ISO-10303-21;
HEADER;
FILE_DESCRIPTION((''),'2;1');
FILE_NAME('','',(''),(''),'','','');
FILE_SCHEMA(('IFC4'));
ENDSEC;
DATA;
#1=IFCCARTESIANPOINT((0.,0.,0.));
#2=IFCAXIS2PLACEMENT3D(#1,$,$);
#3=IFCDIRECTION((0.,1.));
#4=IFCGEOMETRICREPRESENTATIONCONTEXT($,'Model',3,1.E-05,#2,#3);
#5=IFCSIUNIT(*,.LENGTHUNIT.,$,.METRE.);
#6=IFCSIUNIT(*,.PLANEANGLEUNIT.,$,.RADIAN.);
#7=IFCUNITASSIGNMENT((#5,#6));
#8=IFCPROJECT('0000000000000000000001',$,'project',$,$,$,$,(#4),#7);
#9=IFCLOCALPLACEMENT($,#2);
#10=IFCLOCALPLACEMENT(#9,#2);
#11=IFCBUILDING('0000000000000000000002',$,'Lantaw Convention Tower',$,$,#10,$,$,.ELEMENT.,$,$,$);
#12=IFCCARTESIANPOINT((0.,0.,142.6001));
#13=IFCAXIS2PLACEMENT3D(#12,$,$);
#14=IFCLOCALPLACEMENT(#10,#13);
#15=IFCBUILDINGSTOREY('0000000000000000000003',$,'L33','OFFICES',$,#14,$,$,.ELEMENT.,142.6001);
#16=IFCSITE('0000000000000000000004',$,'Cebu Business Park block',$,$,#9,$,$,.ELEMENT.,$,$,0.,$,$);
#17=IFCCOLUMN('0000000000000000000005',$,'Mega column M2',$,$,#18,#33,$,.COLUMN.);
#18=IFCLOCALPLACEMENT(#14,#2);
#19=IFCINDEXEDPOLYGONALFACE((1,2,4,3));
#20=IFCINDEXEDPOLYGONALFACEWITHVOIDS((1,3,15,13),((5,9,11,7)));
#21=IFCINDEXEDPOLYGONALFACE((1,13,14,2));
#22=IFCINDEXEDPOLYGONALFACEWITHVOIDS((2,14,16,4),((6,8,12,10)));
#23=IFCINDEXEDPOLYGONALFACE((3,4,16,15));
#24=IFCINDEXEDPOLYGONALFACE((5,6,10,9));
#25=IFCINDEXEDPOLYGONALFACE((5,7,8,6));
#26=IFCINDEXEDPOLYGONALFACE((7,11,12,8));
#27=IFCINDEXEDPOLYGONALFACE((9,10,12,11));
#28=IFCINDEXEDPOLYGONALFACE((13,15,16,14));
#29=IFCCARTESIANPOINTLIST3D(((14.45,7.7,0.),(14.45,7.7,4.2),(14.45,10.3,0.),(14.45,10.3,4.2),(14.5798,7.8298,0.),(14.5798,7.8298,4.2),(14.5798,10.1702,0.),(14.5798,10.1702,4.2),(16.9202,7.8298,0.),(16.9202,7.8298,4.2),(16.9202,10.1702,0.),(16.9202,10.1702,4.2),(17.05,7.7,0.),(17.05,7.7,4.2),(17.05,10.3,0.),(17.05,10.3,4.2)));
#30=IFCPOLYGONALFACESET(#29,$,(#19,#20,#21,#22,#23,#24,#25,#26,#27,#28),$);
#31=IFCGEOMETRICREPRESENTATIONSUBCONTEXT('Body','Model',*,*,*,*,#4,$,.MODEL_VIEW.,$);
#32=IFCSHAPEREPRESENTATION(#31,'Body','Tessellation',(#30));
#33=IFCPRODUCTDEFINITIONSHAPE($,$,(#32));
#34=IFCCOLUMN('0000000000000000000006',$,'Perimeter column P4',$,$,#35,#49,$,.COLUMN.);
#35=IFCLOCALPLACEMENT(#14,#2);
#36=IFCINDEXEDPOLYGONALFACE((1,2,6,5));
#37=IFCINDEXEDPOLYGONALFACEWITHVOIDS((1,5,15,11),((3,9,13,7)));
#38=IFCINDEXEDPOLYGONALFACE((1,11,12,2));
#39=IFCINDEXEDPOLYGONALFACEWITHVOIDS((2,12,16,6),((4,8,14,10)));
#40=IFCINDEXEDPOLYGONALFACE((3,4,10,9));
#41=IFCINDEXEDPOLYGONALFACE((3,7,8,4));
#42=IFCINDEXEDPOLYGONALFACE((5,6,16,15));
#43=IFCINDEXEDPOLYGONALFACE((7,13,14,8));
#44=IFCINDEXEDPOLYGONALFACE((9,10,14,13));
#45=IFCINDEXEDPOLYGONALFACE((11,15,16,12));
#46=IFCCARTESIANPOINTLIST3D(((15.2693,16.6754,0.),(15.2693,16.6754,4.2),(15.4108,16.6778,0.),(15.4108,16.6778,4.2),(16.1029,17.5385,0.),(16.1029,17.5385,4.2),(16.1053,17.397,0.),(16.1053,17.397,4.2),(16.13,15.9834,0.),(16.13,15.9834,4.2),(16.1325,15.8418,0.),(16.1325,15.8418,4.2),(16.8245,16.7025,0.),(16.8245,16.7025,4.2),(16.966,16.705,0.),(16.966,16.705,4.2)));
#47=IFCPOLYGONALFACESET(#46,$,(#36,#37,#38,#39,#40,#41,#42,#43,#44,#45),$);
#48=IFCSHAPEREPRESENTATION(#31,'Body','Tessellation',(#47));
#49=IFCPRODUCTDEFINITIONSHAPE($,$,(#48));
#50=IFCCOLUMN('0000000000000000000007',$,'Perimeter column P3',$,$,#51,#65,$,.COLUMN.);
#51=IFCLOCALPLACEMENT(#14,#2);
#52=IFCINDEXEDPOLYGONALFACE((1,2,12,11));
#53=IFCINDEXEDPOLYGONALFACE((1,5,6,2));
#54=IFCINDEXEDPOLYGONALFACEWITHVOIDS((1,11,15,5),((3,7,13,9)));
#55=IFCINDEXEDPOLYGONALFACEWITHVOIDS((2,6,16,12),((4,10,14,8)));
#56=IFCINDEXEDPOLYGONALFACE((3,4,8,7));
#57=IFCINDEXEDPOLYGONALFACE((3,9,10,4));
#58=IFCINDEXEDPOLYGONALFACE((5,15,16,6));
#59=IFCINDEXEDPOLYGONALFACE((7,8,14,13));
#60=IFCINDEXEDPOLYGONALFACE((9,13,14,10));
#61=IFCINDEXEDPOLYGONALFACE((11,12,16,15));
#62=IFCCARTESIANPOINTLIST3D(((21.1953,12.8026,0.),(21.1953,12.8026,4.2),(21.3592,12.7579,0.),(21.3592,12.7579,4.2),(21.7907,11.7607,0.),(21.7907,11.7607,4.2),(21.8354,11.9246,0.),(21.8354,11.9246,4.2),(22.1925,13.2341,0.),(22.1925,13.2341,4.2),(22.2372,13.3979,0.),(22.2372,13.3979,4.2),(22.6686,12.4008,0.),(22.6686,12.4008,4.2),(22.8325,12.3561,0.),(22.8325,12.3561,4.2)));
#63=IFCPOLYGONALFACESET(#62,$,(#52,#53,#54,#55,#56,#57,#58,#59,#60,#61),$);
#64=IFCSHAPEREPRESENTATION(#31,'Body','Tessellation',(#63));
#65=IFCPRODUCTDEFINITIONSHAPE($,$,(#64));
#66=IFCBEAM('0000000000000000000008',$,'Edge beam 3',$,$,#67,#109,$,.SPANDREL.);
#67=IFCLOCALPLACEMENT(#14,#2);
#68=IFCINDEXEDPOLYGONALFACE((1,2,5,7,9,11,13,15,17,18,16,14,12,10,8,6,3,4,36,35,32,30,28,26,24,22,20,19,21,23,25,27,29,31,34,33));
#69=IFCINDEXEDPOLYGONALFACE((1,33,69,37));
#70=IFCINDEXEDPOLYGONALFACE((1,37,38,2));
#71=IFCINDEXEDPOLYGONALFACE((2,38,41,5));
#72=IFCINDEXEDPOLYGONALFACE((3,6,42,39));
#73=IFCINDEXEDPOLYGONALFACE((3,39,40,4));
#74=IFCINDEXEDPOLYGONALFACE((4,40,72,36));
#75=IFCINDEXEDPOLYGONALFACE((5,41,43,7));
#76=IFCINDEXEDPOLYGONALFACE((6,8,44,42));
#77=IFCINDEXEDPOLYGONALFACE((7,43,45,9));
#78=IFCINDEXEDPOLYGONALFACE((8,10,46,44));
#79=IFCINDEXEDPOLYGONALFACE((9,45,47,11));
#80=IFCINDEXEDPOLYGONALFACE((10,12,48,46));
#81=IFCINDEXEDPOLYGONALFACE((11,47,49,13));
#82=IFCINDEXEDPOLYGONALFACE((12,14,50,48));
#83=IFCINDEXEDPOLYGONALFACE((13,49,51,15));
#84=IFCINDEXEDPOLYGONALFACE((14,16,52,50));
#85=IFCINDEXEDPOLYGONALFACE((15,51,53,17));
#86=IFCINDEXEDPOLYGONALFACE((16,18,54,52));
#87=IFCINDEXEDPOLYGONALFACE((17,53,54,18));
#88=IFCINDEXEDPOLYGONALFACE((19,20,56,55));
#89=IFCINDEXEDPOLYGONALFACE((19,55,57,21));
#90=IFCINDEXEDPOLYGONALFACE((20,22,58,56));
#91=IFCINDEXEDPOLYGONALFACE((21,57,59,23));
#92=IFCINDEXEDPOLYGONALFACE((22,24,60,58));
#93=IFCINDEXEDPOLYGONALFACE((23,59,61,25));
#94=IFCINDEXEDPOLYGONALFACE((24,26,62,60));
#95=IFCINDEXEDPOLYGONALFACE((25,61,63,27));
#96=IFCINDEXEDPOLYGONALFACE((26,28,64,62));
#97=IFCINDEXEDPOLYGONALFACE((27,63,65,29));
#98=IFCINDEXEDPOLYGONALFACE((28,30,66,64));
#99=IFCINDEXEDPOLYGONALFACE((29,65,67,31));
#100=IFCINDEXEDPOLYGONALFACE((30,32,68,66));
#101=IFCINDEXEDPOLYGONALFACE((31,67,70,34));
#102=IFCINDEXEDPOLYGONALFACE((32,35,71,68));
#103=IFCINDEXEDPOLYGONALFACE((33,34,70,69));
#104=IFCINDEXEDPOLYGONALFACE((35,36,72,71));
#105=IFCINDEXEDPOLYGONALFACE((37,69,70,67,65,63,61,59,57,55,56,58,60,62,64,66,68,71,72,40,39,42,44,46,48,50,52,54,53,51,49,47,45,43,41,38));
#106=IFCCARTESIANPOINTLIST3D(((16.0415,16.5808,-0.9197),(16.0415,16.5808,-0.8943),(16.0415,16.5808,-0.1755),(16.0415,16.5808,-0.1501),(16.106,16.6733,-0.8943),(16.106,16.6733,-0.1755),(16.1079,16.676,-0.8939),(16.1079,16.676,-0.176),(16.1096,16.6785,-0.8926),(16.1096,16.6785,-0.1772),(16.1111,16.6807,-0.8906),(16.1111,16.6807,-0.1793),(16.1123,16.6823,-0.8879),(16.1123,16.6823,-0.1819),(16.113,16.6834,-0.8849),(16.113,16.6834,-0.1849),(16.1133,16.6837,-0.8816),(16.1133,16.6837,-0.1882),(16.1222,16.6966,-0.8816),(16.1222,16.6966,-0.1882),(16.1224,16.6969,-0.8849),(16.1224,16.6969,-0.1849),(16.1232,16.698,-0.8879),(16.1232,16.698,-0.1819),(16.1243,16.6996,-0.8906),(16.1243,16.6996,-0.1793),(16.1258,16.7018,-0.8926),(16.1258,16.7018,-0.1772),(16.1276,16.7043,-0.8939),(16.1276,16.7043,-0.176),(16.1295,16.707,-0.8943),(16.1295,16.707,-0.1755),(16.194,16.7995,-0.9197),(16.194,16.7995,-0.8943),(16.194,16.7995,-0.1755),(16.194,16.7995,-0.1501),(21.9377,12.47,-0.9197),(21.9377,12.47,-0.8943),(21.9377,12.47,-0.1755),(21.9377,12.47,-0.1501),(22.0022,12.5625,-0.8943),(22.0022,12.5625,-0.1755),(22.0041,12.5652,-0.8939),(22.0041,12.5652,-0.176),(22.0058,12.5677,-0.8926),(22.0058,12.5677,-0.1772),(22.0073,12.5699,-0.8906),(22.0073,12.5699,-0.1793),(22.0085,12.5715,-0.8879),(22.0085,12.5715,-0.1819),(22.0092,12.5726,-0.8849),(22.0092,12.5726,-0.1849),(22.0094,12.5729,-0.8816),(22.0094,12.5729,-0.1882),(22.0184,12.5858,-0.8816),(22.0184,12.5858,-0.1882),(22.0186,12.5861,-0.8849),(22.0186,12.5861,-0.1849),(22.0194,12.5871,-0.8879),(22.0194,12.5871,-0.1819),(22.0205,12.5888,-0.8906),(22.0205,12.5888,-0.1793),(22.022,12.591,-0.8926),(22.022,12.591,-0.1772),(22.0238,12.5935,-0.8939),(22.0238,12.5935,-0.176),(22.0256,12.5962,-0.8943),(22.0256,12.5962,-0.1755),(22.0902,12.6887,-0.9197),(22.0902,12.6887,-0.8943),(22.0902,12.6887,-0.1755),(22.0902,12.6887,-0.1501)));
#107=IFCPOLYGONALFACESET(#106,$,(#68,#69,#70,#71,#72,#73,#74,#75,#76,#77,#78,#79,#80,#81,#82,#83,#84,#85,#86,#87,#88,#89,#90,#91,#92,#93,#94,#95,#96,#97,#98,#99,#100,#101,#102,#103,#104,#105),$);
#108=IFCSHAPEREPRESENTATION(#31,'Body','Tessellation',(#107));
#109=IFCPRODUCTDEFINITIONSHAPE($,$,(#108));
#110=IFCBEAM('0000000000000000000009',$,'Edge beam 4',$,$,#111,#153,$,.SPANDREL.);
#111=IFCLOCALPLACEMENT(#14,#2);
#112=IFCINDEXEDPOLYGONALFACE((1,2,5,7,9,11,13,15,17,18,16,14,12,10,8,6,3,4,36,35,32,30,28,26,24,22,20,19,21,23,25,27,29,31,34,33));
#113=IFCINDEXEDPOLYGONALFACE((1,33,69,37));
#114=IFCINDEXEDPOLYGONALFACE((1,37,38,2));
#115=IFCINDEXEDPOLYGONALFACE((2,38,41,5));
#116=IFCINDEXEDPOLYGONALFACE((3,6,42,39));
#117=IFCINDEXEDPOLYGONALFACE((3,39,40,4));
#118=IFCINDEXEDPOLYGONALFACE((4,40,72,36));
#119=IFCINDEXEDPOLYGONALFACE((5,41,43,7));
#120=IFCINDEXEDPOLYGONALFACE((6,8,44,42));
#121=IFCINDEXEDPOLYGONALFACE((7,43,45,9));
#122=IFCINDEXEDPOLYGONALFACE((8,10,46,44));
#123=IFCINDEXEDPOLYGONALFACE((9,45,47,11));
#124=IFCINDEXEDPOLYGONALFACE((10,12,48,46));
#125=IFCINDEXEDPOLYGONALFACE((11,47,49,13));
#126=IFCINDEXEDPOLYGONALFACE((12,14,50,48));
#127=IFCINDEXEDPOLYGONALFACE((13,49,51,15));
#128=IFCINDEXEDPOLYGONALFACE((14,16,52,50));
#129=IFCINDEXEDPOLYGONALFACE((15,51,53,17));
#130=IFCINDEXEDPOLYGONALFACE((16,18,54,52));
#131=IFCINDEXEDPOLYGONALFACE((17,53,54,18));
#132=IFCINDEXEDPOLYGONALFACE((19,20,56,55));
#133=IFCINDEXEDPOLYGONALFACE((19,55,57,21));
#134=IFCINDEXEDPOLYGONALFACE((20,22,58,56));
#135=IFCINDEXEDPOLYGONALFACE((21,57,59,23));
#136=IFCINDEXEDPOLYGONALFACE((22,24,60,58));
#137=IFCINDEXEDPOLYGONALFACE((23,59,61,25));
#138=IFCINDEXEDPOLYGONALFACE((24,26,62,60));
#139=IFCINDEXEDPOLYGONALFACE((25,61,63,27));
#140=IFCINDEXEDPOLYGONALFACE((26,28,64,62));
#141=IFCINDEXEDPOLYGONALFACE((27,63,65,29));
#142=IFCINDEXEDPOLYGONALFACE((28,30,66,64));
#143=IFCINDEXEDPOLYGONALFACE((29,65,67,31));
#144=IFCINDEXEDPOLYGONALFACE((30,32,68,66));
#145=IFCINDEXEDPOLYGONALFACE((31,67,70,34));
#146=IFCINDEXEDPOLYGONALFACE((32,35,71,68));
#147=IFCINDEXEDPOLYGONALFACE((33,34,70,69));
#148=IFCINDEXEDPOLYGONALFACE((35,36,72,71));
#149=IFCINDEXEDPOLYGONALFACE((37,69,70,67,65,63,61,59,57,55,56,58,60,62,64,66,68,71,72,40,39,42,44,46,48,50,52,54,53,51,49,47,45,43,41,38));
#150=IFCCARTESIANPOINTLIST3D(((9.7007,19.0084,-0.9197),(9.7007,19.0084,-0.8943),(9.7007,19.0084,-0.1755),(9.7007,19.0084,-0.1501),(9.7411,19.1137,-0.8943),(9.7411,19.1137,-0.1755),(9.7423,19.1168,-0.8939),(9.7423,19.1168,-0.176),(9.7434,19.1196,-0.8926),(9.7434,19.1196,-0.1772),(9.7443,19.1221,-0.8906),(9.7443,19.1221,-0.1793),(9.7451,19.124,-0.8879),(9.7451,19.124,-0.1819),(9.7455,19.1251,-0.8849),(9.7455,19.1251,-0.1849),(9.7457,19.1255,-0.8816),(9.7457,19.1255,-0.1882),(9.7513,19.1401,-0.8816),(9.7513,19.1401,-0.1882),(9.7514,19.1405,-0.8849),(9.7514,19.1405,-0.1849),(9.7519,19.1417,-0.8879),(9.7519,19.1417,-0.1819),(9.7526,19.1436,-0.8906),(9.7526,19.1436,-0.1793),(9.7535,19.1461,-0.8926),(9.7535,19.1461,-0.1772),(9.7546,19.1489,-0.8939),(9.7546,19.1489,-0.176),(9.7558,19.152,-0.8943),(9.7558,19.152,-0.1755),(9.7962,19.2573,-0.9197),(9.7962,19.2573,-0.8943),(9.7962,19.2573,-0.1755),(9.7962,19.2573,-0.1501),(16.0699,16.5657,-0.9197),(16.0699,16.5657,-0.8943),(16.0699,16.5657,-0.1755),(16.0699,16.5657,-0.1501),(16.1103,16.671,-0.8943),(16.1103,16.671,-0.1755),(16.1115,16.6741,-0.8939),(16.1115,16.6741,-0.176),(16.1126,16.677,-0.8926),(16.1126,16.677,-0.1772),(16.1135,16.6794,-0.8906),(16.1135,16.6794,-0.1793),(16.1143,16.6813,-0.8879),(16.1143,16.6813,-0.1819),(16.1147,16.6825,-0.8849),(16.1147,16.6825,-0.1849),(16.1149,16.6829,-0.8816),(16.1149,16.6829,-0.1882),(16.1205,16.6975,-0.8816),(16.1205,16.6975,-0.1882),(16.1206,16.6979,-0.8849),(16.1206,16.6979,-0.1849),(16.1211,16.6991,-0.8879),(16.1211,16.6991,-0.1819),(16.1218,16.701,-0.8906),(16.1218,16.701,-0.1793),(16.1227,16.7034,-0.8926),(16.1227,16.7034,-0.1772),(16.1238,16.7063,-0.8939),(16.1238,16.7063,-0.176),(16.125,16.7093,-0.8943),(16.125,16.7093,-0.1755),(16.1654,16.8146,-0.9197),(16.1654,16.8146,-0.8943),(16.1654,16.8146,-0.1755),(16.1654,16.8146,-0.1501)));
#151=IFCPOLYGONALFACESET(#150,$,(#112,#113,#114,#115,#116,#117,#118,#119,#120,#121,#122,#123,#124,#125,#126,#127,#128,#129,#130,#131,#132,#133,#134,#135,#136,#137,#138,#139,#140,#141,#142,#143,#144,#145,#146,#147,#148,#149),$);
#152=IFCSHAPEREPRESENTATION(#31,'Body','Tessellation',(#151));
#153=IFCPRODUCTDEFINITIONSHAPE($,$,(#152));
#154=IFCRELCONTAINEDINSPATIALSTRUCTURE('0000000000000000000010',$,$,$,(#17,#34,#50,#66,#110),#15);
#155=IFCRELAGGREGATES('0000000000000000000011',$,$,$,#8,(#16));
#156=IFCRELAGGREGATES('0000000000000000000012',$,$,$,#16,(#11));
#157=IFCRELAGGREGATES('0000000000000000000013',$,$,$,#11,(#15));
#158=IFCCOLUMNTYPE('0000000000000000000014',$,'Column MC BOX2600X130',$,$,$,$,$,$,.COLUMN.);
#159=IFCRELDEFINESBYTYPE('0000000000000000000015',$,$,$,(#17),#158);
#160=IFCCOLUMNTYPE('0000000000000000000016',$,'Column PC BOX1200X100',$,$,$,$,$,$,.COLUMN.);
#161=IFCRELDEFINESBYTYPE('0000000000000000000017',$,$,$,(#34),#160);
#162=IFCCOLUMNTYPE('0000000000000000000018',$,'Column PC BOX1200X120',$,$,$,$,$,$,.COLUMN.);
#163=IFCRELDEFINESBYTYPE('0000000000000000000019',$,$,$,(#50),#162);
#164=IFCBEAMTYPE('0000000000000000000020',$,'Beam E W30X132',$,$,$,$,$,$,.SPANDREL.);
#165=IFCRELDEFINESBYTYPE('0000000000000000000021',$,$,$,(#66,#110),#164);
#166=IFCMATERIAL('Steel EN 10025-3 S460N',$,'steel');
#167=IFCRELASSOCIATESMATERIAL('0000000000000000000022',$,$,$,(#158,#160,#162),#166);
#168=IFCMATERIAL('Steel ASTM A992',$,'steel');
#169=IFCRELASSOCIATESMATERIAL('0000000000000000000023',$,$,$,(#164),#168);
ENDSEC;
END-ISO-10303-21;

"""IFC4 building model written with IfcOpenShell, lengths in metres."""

from ifc_helpers import new_model, si_unit, direction, frame, origin, origin_2d, place, context, subcontext, project, spatial, rectangle, hollow_rectangle, i_section, extrude, material, material_profile, profile_set, type_object, element, save


model = new_model("IFC4")

# Units and contexts
model_context = context("Model", 3, precision=1e-05, world=origin(), true_north=direction((0.0, 1.0)))
body_context = subcontext(model_context, "Body", "Model", "MODEL_VIEW")
ifc_project = project(units=[si_unit("LENGTHUNIT", "METRE"), si_unit("PLANEANGLEUNIT", "RADIAN")], contexts=[model_context])

# Site, building, storey
site_placement = place(None, origin())
site = spatial("IfcSite", under=ifc_project, at=site_placement, Name="Cebu Business Park block", CompositionType="ELEMENT", RefElevation=0.0)
building_placement = place(site_placement, origin())
building = spatial("IfcBuilding", under=site, at=building_placement, Name="Lantaw Convention Tower", CompositionType="ELEMENT")
storey_placement = place(building_placement, frame((0.0, 0.0, 142.6001)))
storey = spatial("IfcBuildingStorey", under=building, at=storey_placement, Name="L33", Description="OFFICES", CompositionType="ELEMENT", Elevation=142.6001)

# Columns
ifc_material_1 = material(Name="Steel EN 10025-3 S460N", Category="steel")
ifc_material_profile_1 = material_profile(ifc_material_1, hollow_rectangle(XDim=2.6001, YDim=2.6001, WallThickness=0.1299, at=origin_2d()), Name="BOX2600X130")
ifc_material_2 = material(Name="Concrete C60/75", Category="concrete")
ifc_material_profile_2 = material_profile(ifc_material_2, rectangle(XDim=2.3401, YDim=2.3401, at=origin_2d()), Name="Concrete fill of BOX2600X130")
ifc_profile_set_1 = profile_set([ifc_material_profile_1, ifc_material_profile_2], Name="Steel EN 10025-3 S460N")
column_type_1 = type_object("IfcColumnType", Name="Column MC BOX2600X130", PredefinedType="COLUMN", material=ifc_profile_set_1)
column_1_placement = place(storey_placement, frame((15.75, 9.0, 0.0), z_axis=(0.0, 0.0, 1.0), x_axis=(1.0, 0.0, 0.0)))
element("IfcColumn", 1, at=column_1_placement, inside=storey, type_object=column_type_1, Name="Mega column M2", PredefinedType="COLUMN", context=body_context, shape_type="SweptSolid", body=[
    extrude(hollow_rectangle(XDim=2.6001, YDim=2.6001, WallThickness=0.1299, at=origin_2d()), origin(), (0.0, 0.0, 1.0), 4.2),
])
ifc_material_profile_3 = material_profile(ifc_material_1, hollow_rectangle(XDim=1.2, YDim=1.2, WallThickness=0.1001, at=origin_2d()), Name="BOX1200X100")
ifc_material_profile_4 = material_profile(ifc_material_2, rectangle(XDim=1.0, YDim=1.0, at=origin_2d()), Name="Concrete fill of BOX1200X100")
ifc_profile_set_2 = profile_set([ifc_material_profile_3, ifc_material_profile_4], Name="Steel EN 10025-3 S460N")
column_type_2 = type_object("IfcColumnType", Name="Column PC BOX1200X100", PredefinedType="COLUMN", material=ifc_profile_set_2)
column_2_placement = place(storey_placement, frame((16.1177, 16.6902, 0.0), z_axis=(0.0, 0.0, 1.0), x_axis=(0.694658, 0.71934, 0.0)))
element("IfcColumn", 2, at=column_2_placement, inside=storey, type_object=column_type_2, Name="Perimeter column P4", PredefinedType="COLUMN", context=body_context, shape_type="SweptSolid", body=[
    extrude(hollow_rectangle(XDim=1.2, YDim=1.2, WallThickness=0.1001, at=origin_2d()), origin(), (0.0, 0.0, 1.0), 4.2),
])
ifc_material_profile_5 = material_profile(ifc_material_1, hollow_rectangle(XDim=1.2, YDim=1.2, WallThickness=0.1201, at=origin_2d()), Name="BOX1200X120")
ifc_material_profile_6 = material_profile(ifc_material_2, rectangle(XDim=0.96, YDim=0.96, at=origin_2d()), Name="Concrete fill of BOX1200X120")
ifc_profile_set_3 = profile_set([ifc_material_profile_5, ifc_material_profile_6], Name="Steel EN 10025-3 S460N")
column_type_3 = type_object("IfcColumnType", Name="Column PC BOX1200X120", PredefinedType="COLUMN", material=ifc_profile_set_3)
column_3_placement = place(storey_placement, frame((22.0139, 12.5793, 0.0), z_axis=(0.0, 0.0, 1.0), x_axis=(0.868243, 0.496139, 0.0)))
element("IfcColumn", 3, at=column_3_placement, inside=storey, type_object=column_type_3, Name="Perimeter column P3", PredefinedType="COLUMN", context=body_context, shape_type="SweptSolid", body=[
    extrude(hollow_rectangle(XDim=1.2, YDim=1.2, WallThickness=0.1201, at=origin_2d()), origin(), (0.0, 0.0, 1.0), 4.2),
])

# Beams
ifc_material_3 = material(Name="Steel ASTM A992", Category="steel")
ifc_material_profile_7 = material_profile(ifc_material_3, i_section(OverallWidth=0.2666, OverallDepth=0.7695, WebThickness=0.0156, FlangeThickness=0.0254, FilletRadius=0.0127, at=origin_2d()), Name="W30X132")
ifc_profile_set_4 = profile_set([ifc_material_profile_7], Name="Steel ASTM A992")
beam_type_1 = type_object("IfcBeamType", Name="Beam E W30X132", PredefinedType="SPANDREL", material=ifc_profile_set_4)
beam_1_placement = place(storey_placement, frame((22.0139, 12.5793, -0.5349), z_axis=(-0.820311, 0.571918, 0.0), x_axis=(-0.571918, -0.820311, 0.0)))
element("IfcBeam", 4, at=beam_1_placement, inside=storey, type_object=beam_type_1, Name="Edge beam 3", PredefinedType="SPANDREL", context=body_context, shape_type="SweptSolid", body=[
    extrude(i_section(OverallWidth=0.2666, OverallDepth=0.7695, WebThickness=0.0156, FlangeThickness=0.0254, FilletRadius=0.0127, at=origin_2d()), origin(), (0.0, 0.0, 1.0), 7.1877),
])
beam_2_placement = place(storey_placement, frame((16.1177, 16.6902, -0.5349), z_axis=(-0.933691, 0.35808, 0.0), x_axis=(-0.35808, -0.933691, 0.0)))
element("IfcBeam", 5, at=beam_2_placement, inside=storey, type_object=beam_type_1, Name="Edge beam 4", PredefinedType="SPANDREL", context=body_context, shape_type="SweptSolid", body=[
    extrude(i_section(OverallWidth=0.2666, OverallDepth=0.7695, WebThickness=0.0156, FlangeThickness=0.0254, FilletRadius=0.0127, at=origin_2d()), origin(), (0.0, 0.0, 1.0), 6.8215),
])

save(model, "model.ifc")
